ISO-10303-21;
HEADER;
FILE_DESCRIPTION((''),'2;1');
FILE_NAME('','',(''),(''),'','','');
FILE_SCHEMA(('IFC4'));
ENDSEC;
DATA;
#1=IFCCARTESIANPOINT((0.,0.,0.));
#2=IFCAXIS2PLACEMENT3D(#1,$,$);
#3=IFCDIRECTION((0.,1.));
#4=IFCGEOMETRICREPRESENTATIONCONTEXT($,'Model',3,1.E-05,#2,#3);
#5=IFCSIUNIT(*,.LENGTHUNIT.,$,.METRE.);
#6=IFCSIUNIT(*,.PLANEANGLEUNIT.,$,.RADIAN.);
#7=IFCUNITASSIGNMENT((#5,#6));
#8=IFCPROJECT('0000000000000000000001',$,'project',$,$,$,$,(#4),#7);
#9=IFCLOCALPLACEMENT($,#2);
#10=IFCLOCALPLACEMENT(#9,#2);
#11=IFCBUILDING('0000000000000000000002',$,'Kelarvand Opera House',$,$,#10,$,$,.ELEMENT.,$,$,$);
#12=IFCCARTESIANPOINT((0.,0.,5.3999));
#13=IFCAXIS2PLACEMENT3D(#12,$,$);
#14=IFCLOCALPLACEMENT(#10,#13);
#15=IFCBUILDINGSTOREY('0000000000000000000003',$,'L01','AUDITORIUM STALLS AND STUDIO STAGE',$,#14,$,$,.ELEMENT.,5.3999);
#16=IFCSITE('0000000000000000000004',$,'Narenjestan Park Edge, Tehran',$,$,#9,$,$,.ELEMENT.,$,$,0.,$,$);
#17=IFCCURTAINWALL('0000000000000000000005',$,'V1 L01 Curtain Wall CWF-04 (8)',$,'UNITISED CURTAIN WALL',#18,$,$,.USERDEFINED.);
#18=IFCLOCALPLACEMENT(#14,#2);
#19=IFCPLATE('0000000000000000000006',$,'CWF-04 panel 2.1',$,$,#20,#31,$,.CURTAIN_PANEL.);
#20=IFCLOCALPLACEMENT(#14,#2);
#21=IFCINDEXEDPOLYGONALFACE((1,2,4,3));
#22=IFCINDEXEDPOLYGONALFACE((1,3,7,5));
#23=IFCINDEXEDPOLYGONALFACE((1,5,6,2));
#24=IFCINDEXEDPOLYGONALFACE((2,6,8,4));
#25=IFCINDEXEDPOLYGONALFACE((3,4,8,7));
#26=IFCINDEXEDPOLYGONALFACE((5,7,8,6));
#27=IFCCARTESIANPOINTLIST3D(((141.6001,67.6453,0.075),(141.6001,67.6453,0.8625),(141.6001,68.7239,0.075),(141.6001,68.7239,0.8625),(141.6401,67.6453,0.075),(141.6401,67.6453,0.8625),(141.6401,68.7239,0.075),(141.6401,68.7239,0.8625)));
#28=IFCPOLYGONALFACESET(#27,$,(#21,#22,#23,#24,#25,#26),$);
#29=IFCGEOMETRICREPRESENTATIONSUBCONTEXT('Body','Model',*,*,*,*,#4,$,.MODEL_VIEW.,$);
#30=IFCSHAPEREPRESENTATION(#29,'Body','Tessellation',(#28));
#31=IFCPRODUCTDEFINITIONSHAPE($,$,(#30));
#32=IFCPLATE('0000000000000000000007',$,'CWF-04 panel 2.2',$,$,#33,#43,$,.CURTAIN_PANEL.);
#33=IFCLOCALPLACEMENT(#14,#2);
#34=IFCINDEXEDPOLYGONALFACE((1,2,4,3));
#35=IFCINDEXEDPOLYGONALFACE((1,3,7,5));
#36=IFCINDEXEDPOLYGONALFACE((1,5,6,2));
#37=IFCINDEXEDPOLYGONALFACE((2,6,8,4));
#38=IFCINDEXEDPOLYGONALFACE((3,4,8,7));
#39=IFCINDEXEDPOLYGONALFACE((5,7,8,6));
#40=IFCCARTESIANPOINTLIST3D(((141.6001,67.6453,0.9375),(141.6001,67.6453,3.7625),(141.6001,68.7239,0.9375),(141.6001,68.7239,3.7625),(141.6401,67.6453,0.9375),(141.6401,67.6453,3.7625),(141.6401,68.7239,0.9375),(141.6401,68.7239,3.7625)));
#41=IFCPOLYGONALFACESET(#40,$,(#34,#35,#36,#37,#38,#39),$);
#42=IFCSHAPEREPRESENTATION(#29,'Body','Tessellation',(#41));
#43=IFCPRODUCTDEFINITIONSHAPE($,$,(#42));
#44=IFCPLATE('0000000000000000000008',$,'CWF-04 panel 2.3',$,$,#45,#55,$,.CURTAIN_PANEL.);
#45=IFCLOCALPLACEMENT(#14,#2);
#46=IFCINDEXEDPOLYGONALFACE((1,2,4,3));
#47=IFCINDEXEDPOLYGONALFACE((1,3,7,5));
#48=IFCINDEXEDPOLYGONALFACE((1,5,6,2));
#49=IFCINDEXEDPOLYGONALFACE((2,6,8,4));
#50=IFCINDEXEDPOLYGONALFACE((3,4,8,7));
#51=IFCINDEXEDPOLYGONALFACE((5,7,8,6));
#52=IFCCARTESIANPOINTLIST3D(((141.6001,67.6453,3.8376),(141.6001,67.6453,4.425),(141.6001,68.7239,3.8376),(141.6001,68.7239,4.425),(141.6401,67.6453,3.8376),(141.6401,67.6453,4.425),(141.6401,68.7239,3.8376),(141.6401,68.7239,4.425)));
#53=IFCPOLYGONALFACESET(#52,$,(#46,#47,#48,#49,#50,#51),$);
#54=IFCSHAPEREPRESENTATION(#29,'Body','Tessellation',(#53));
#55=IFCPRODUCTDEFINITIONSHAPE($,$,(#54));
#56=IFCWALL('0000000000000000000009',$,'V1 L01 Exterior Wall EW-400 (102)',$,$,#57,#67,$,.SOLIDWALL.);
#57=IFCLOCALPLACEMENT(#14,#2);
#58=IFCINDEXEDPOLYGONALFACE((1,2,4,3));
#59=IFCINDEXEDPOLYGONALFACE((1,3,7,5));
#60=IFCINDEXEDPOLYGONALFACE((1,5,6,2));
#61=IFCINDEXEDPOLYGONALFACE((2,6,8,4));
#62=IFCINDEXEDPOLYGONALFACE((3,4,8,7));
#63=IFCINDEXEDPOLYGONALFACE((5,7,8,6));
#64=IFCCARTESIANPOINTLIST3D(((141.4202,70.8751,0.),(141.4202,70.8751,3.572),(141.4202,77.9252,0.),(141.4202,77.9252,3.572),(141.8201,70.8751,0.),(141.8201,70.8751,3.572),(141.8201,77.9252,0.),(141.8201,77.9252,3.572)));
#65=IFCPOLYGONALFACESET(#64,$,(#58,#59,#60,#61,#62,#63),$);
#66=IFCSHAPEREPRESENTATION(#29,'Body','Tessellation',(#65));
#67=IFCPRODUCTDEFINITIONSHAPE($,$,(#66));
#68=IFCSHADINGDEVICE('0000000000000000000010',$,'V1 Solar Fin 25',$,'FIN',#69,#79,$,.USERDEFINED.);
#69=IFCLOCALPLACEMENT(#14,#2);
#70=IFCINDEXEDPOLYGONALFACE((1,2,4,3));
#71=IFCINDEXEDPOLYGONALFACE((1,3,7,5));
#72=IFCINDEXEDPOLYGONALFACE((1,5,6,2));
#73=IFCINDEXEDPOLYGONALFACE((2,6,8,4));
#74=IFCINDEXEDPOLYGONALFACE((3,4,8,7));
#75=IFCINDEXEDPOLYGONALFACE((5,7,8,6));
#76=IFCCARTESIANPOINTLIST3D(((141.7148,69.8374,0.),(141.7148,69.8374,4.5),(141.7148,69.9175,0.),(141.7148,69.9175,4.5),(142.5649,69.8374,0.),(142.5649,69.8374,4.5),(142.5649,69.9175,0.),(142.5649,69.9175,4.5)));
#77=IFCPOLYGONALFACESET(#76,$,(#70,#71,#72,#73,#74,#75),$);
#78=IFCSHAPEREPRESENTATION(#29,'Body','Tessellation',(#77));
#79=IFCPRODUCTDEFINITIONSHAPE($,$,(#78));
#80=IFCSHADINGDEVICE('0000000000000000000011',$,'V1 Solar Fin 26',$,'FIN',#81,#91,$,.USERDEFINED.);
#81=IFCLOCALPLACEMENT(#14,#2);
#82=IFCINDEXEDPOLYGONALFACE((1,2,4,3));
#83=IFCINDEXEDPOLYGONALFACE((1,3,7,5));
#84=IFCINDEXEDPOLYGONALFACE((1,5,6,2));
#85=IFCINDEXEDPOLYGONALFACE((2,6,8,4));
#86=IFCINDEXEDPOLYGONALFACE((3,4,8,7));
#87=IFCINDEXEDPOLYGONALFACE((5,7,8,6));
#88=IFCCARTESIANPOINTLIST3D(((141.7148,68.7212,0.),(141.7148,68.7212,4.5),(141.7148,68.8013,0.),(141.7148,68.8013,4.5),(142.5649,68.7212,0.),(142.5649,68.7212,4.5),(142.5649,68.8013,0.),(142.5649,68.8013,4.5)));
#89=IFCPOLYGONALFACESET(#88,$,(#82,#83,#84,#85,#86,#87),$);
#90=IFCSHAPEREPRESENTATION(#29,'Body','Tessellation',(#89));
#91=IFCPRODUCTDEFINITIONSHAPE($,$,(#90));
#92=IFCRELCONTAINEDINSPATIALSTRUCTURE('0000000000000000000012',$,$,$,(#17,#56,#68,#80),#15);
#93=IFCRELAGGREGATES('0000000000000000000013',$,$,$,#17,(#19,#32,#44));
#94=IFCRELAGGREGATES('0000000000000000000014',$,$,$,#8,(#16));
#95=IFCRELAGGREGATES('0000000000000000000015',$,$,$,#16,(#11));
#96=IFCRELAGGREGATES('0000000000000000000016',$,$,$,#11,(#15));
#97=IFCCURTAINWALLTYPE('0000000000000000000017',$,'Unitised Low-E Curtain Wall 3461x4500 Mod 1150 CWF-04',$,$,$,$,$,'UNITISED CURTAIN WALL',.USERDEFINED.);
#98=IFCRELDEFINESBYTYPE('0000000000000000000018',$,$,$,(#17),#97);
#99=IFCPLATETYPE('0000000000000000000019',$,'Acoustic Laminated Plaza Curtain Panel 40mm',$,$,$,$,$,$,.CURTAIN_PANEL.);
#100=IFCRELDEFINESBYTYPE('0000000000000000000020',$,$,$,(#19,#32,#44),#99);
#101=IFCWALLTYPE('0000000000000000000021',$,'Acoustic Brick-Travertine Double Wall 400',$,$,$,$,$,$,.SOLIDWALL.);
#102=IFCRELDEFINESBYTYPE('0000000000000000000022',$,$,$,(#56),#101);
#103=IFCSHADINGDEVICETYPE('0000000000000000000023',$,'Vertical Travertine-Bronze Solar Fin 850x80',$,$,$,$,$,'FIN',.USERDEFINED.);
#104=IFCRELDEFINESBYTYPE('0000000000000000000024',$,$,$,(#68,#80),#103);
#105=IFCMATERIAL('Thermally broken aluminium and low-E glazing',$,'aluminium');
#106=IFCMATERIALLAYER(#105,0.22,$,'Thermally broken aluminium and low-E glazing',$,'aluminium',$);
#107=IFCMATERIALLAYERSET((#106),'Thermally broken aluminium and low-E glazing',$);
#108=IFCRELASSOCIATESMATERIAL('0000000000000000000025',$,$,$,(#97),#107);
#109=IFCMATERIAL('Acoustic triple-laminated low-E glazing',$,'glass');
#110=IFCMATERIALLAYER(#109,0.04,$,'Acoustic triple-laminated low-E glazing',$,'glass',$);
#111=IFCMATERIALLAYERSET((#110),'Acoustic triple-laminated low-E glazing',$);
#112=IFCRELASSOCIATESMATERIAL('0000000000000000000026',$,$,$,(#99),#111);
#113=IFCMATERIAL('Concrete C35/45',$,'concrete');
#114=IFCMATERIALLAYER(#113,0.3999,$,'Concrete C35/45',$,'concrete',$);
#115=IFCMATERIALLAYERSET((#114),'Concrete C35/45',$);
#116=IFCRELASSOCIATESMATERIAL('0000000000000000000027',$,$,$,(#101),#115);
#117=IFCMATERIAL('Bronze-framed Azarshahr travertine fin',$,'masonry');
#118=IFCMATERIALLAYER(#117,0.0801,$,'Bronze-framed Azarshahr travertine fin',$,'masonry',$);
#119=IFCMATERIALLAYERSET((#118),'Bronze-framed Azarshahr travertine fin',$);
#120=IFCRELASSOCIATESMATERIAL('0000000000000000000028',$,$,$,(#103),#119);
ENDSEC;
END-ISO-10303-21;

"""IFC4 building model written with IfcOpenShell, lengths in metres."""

from ifc_helpers import new_model, si_unit, direction, frame, frame_2d, origin, origin_2d, place, context, subcontext, project, spatial, rectangle, extrude, material, layer, layer_set, type_object, element, aggregate, save


model = new_model("IFC4")

# Units and contexts
model_context = context("Model", 3, precision=1e-05, world=origin(), true_north=direction((0.0, 1.0)))
body_context = subcontext(model_context, "Body", "Model", "MODEL_VIEW")
ifc_project = project(units=[si_unit("LENGTHUNIT", "METRE"), si_unit("PLANEANGLEUNIT", "RADIAN")], contexts=[model_context])

# Site, building, storey
site_placement = place(None, origin())
site = spatial("IfcSite", under=ifc_project, at=site_placement, Name="Narenjestan Park Edge, Tehran", CompositionType="ELEMENT", RefElevation=0.0)
building_placement = place(site_placement, origin())
building = spatial("IfcBuilding", under=site, at=building_placement, Name="Kelarvand Opera House", CompositionType="ELEMENT")
storey_placement = place(building_placement, frame((0.0, 0.0, 5.3999)))
storey = spatial("IfcBuildingStorey", under=building, at=storey_placement, Name="L01", Description="AUDITORIUM STALLS AND STUDIO STAGE", CompositionType="ELEMENT", Elevation=5.3999)

# Shared definitions
ifc_material_1 = material(Name="Thermally broken aluminium and low-E glazing", Category="aluminium")

# Curtain wall
ifc_layer_1 = layer(ifc_material_1, 0.22, Name="Thermally broken aluminium and low-E glazing", Category="aluminium")
ifc_layer_set_1 = layer_set([ifc_layer_1], Name="Thermally broken aluminium and low-E glazing")
curtain_wall_type_1 = type_object("IfcCurtainWallType", Name="Unitised Low-E Curtain Wall 3461x4500 Mod 1150 CWF-04", ElementType="UNITISED CURTAIN WALL", PredefinedType="USERDEFINED", material=ifc_layer_set_1)
curtain_wall_1_placement = place(storey_placement, origin())
curtain_wall_1 = element("IfcCurtainWall", 1, at=curtain_wall_1_placement, inside=storey, type_object=curtain_wall_type_1, Name="V1 L01 Curtain Wall CWF-04 (8)", ObjectType="UNITISED CURTAIN WALL", PredefinedType="USERDEFINED")

# Plates
ifc_material_2 = material(Name="Acoustic triple-laminated low-E glazing", Category="glass")
ifc_layer_2 = layer(ifc_material_2, 0.04, Name="Acoustic triple-laminated low-E glazing", Category="glass")
ifc_layer_set_2 = layer_set([ifc_layer_2], Name="Acoustic triple-laminated low-E glazing")
plate_type = type_object("IfcPlateType", Name="Acoustic Laminated Plaza Curtain Panel 40mm", PredefinedType="CURTAIN_PANEL", material=ifc_layer_set_2)
plate_1_placement = place(storey_placement, frame((141.6201, 68.1846, 0.075), z_axis=(0.0, 0.0, 1.0), x_axis=(0.0, -1.0, 0.0)))
plate_1 = element("IfcPlate", 2, at=plate_1_placement, type_object=plate_type, Name="CWF-04 panel 2.1", PredefinedType="CURTAIN_PANEL", context=body_context, shape_type="SweptSolid", body=[
    extrude(rectangle(XDim=1.0786, YDim=0.04, at=origin_2d()), origin(), (0.0, 0.0, 1.0), 0.7876),
])
plate_2_placement = place(storey_placement, frame((141.6201, 68.1846, 0.9375), z_axis=(0.0, 0.0, 1.0), x_axis=(0.0, -1.0, 0.0)))
plate_2 = element("IfcPlate", 3, at=plate_2_placement, type_object=plate_type, Name="CWF-04 panel 2.2", PredefinedType="CURTAIN_PANEL", context=body_context, shape_type="SweptSolid", body=[
    extrude(rectangle(XDim=1.0786, YDim=0.04, at=origin_2d()), origin(), (0.0, 0.0, 1.0), 2.825),
])
plate_3_placement = place(storey_placement, frame((141.6201, 68.1846, 3.8376), z_axis=(0.0, 0.0, 1.0), x_axis=(0.0, -1.0, 0.0)))
plate_3 = element("IfcPlate", 4, at=plate_3_placement, type_object=plate_type, Name="CWF-04 panel 2.3", PredefinedType="CURTAIN_PANEL", context=body_context, shape_type="SweptSolid", body=[
    extrude(rectangle(XDim=1.0786, YDim=0.04, at=origin_2d()), origin(), (0.0, 0.0, 1.0), 0.5874),
])
aggregate(curtain_wall_1, [plate_1, plate_2, plate_3])

# Wall
ifc_material_3 = material(Name="Concrete C35/45", Category="concrete")
ifc_layer_3 = layer(ifc_material_3, 0.3999, Name="Concrete C35/45", Category="concrete")
ifc_layer_set_3 = layer_set([ifc_layer_3], Name="Concrete C35/45")
wall_type = type_object("IfcWallType", Name="Acoustic Brick-Travertine Double Wall 400", PredefinedType="SOLIDWALL", material=ifc_layer_set_3)
wall_placement = place(storey_placement, frame((141.6201, 77.925, 0.0), z_axis=(0.0, 0.0, 1.0), x_axis=(0.0, -1.0, 0.0)))
element("IfcWall", 5, at=wall_placement, inside=storey, type_object=wall_type, Name="V1 L01 Exterior Wall EW-400 (102)", PredefinedType="SOLIDWALL", context=body_context, shape_type="SweptSolid", body=[
    extrude(rectangle(XDim=7.05, YDim=0.3999, at=frame_2d((3.5249, 0.0))), origin(), (0.0, 0.0, 1.0), 3.572),
])

# Shading devices
ifc_material_4 = material(Name="Bronze-framed Azarshahr travertine fin", Category="masonry")
ifc_layer_4 = layer(ifc_material_4, 0.0801, Name="Bronze-framed Azarshahr travertine fin", Category="masonry")
ifc_layer_set_4 = layer_set([ifc_layer_4], Name="Bronze-framed Azarshahr travertine fin")
shading_device_type = type_object("IfcShadingDeviceType", Name="Vertical Travertine-Bronze Solar Fin 850x80", ElementType="FIN", PredefinedType="USERDEFINED", material=ifc_layer_set_4)
for number, where, z_axis, x_axis, name in (
    (6, (142.1399, 69.8774, 0.0), (0.0, 0.0, 1.0), (1.0, 0.0, 0.0), "V1 Solar Fin 25"),
    (7, (142.1399, 68.7612, 0.0), (0.0, 0.0, 1.0), (1.0, 0.0, 0.0), "V1 Solar Fin 26"),
):
    element("IfcShadingDevice", number, at=place(storey_placement, frame(where, z_axis=z_axis, x_axis=x_axis)), inside=storey, type_object=shading_device_type, Name=name, ObjectType="FIN", PredefinedType="USERDEFINED", context=body_context, shape_type="SweptSolid", body=[
        extrude(rectangle(XDim=0.8501, YDim=0.0801, at=origin_2d()), origin(), (0.0, 0.0, 1.0), 4.5),
    ])

save(model, "model.ifc")
